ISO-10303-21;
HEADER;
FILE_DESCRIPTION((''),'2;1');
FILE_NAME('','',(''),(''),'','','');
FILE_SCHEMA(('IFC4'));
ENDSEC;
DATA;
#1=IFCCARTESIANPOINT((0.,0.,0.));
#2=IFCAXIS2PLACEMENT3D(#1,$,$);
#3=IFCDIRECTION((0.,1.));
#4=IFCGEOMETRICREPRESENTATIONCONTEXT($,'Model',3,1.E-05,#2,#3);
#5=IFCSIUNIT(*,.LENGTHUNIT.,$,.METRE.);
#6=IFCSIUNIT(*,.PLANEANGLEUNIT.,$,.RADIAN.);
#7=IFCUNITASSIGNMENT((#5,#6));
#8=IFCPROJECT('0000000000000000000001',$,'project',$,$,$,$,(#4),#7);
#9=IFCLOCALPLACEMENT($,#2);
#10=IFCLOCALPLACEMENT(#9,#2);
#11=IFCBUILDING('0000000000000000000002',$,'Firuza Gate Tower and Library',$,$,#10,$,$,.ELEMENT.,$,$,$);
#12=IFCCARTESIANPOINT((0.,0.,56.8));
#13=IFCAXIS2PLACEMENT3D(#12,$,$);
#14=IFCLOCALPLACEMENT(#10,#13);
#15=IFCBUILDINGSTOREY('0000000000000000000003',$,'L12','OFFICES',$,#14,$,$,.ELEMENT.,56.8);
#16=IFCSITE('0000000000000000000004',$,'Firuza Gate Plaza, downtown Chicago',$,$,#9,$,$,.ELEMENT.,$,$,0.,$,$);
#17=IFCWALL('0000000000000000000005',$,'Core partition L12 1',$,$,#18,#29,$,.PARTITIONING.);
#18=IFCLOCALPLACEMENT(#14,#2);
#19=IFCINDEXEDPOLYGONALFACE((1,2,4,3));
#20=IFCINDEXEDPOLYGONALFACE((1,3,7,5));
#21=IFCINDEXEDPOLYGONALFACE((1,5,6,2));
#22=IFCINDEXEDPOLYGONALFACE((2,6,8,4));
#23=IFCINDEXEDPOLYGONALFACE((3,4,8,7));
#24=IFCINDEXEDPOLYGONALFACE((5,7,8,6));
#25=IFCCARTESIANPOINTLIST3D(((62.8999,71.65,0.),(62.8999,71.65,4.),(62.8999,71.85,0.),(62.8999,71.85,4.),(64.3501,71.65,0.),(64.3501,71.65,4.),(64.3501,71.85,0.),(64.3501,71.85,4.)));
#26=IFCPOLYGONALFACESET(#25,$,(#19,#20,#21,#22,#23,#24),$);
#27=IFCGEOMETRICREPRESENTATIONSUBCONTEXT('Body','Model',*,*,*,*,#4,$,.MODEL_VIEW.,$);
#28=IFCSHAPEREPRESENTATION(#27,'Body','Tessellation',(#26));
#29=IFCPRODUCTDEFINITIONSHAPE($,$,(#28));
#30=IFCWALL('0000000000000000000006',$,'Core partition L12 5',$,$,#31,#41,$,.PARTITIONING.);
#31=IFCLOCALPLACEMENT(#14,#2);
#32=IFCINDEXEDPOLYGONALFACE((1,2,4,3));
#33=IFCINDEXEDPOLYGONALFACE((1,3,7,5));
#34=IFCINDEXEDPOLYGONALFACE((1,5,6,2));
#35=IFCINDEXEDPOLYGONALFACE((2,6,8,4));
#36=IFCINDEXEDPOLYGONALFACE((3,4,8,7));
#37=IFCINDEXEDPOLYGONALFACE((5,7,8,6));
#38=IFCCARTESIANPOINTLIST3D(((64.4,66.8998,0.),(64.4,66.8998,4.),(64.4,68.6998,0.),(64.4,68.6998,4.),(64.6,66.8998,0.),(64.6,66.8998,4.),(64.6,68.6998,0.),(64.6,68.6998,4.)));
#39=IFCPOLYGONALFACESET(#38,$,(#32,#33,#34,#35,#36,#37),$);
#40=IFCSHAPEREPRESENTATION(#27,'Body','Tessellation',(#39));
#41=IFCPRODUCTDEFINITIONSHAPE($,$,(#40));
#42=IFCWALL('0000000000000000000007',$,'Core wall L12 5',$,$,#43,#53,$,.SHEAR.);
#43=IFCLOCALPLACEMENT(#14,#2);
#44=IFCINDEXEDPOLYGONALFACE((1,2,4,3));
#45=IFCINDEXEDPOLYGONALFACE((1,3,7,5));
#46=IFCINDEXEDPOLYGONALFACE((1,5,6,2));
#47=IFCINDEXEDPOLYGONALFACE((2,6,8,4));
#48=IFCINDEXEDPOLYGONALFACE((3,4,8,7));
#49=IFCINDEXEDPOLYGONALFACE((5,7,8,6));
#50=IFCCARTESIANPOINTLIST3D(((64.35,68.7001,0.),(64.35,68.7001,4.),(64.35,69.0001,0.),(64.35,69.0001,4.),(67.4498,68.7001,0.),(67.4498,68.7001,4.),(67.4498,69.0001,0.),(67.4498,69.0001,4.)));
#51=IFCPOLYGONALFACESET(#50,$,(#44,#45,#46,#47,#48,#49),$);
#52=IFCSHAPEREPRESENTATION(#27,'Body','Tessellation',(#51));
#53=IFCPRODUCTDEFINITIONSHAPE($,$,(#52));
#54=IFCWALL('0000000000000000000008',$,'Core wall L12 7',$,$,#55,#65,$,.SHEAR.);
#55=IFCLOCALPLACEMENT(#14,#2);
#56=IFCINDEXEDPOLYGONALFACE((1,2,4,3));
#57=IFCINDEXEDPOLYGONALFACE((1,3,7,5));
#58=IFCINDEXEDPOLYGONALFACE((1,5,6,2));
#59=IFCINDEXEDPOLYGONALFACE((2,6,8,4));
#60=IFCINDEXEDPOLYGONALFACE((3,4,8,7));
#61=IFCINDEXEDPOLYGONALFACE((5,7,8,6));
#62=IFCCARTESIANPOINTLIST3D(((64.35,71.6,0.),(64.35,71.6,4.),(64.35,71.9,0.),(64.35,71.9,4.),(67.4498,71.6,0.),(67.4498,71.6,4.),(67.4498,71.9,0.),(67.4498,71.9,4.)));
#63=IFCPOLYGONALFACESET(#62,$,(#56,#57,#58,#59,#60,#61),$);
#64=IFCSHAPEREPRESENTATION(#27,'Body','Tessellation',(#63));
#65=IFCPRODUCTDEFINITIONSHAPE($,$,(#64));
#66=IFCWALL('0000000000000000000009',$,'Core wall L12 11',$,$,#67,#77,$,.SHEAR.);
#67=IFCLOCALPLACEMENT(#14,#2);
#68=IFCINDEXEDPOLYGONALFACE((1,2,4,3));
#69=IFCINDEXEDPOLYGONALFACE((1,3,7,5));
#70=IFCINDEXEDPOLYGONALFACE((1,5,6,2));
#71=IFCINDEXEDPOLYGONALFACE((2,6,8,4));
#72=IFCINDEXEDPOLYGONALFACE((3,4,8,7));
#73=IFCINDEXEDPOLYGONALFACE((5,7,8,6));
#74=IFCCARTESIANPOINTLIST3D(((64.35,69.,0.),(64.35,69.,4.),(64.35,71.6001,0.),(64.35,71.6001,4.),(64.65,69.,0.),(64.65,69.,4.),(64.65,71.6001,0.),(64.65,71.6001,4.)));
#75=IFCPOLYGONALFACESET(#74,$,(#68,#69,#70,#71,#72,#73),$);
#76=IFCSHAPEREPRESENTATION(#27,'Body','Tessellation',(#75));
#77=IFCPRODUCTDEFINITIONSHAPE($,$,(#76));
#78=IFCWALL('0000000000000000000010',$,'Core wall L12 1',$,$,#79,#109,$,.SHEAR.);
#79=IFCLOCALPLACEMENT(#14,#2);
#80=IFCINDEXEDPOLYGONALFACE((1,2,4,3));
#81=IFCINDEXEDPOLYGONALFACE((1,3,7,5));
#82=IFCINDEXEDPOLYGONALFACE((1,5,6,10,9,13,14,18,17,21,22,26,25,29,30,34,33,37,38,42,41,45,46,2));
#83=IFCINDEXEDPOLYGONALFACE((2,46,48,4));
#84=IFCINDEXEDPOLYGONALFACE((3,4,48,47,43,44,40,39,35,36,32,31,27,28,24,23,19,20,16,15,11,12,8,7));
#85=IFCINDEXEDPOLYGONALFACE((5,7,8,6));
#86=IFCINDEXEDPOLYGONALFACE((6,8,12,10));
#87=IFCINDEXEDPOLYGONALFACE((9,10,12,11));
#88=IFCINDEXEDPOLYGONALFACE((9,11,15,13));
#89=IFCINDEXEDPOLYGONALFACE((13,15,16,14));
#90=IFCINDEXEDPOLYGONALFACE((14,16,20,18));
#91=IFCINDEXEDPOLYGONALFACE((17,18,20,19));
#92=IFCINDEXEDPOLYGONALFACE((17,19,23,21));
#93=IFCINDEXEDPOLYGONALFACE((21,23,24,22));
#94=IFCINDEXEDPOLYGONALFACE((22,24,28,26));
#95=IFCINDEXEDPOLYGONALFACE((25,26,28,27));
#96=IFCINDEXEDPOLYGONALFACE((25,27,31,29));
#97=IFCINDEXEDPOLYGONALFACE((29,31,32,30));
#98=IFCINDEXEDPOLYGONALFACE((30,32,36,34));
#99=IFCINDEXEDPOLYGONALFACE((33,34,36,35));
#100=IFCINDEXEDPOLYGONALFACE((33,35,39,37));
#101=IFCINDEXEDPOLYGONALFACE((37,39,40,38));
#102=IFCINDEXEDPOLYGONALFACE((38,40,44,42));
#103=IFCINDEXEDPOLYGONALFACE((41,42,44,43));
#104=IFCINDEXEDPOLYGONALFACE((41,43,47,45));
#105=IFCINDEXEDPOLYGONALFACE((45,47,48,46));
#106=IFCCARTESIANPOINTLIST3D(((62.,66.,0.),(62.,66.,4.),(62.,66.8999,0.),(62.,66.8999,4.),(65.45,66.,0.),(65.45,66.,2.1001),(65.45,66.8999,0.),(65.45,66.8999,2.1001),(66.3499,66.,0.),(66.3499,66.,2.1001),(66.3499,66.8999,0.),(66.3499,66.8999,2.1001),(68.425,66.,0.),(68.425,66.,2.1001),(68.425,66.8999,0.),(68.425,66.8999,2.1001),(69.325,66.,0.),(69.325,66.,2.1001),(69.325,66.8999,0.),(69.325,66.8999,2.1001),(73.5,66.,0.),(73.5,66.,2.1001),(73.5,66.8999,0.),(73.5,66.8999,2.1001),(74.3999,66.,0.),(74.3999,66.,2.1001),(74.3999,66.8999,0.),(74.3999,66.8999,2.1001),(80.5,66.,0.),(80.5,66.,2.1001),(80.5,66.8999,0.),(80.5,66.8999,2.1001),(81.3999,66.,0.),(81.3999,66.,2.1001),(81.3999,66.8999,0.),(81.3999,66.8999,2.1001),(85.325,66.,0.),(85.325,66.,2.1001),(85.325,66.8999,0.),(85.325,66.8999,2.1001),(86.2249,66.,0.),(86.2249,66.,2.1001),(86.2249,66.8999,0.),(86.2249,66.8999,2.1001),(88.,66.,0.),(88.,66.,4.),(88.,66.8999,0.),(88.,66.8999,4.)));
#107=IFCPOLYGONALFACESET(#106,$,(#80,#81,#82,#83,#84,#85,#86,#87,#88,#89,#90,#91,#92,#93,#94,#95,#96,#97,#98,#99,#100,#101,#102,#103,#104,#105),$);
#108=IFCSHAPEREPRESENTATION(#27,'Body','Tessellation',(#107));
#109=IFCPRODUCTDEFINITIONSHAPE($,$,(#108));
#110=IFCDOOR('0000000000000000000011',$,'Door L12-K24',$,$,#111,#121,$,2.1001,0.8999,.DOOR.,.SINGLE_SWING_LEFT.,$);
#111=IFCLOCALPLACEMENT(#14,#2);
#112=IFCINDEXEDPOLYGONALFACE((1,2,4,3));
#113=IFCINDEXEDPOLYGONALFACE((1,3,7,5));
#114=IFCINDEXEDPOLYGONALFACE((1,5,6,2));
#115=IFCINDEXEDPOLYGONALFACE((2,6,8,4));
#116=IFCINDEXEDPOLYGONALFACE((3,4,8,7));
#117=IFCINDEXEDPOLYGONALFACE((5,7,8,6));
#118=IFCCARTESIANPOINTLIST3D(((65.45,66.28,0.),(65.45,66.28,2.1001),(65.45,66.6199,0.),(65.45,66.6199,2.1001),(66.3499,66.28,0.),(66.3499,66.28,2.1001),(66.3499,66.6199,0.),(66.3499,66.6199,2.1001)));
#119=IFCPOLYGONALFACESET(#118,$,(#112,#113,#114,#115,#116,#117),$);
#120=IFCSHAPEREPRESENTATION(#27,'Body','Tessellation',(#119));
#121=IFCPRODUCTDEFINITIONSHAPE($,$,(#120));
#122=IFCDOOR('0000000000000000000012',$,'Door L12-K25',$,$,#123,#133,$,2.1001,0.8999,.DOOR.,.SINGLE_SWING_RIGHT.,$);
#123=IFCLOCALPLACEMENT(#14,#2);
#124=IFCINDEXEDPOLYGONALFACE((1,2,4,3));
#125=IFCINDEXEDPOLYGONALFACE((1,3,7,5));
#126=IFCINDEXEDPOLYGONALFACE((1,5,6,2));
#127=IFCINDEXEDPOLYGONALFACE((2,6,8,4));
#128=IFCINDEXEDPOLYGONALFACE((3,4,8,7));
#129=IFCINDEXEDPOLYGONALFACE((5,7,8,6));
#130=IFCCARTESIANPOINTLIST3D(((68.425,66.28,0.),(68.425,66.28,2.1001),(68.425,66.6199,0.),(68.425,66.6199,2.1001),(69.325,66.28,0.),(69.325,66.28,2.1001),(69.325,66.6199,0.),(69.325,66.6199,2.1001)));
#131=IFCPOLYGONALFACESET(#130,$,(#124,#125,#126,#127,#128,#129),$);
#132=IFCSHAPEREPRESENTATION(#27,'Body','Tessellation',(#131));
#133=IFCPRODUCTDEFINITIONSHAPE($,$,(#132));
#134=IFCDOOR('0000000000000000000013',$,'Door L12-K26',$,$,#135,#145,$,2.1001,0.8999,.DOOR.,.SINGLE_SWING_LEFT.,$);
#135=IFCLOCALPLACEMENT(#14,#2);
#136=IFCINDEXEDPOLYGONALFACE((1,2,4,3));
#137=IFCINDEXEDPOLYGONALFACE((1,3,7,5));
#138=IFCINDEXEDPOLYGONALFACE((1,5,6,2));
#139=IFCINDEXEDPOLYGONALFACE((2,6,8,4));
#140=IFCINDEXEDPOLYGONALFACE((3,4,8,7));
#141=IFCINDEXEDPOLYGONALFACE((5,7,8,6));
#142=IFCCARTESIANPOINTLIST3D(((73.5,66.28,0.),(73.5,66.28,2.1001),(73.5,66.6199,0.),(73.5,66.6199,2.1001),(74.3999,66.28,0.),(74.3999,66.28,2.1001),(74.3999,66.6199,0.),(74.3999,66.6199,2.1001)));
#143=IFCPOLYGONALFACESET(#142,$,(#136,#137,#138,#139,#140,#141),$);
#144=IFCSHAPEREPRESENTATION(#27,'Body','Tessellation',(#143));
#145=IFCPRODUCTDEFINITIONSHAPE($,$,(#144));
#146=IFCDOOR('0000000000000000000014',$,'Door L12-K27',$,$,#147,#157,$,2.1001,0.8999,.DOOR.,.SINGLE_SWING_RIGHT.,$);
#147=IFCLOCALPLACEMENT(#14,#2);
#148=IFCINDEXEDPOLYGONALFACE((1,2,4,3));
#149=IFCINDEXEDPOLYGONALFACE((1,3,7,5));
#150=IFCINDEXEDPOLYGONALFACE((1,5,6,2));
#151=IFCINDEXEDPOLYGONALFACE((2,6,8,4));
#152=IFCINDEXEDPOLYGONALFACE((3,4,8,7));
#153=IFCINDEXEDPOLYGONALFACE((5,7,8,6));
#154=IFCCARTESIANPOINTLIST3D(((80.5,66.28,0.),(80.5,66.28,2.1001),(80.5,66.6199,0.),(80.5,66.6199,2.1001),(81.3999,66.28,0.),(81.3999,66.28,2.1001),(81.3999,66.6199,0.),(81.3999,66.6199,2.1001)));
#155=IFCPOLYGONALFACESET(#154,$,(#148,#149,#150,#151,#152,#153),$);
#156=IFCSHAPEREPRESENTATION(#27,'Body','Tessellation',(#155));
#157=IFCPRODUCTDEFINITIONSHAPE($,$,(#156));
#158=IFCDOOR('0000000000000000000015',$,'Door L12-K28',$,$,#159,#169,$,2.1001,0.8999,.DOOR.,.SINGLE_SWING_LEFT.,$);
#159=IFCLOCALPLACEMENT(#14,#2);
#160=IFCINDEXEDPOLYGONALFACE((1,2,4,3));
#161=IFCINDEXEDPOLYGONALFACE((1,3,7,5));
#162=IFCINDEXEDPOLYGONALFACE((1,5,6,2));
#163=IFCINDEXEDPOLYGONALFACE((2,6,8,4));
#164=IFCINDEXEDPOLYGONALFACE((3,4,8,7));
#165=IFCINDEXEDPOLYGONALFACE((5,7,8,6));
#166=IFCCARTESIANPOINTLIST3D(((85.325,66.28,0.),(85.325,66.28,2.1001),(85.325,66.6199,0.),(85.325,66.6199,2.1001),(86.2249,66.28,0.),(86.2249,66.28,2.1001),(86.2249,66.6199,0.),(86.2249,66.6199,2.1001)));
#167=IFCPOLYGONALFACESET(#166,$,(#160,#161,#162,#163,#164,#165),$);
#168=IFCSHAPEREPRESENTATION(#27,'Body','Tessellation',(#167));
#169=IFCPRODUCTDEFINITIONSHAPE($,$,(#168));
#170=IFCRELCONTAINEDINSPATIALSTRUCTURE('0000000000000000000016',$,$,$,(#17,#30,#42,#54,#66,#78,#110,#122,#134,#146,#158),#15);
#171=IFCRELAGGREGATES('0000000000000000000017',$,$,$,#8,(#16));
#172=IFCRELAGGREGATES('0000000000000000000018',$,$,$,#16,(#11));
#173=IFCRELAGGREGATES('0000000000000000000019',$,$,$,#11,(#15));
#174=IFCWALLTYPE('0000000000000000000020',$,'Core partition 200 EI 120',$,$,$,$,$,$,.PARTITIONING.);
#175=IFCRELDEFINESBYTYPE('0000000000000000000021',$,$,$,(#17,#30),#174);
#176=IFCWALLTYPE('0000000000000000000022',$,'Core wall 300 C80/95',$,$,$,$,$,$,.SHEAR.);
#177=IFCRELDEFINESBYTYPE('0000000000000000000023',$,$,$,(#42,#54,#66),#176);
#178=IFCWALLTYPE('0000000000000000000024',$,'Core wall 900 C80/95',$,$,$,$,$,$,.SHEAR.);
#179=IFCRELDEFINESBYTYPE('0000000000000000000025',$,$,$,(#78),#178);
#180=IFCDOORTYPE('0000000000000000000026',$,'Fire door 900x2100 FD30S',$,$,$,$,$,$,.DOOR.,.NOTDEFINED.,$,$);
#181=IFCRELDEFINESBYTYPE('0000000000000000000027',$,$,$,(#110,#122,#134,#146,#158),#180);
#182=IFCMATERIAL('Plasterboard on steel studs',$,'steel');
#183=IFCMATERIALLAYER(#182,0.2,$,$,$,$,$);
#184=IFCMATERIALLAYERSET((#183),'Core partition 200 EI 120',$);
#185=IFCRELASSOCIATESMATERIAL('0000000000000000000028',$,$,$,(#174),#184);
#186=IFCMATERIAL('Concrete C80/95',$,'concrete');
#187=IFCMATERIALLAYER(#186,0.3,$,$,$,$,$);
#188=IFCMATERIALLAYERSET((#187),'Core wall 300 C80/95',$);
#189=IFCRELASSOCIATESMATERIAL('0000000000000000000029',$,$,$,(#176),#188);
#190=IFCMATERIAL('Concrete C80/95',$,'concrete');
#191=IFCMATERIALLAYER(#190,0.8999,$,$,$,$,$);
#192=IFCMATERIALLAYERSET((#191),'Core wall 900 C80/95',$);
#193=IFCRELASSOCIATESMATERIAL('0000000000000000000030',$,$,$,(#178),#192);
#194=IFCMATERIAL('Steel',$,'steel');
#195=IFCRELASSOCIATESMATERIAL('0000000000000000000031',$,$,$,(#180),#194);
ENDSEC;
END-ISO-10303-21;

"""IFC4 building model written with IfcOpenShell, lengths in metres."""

from ifc_helpers import new_model, si_unit, direction, frame, frame_2d, origin, place, context, subcontext, project, spatial, rectangle, extrude, material, layer, layer_set, type_object, element, fill, save


model = new_model("IFC4")

# Units and contexts
model_context = context("Model", 3, precision=1e-05, world=origin(), true_north=direction((0.0, 1.0)))
body_context = subcontext(model_context, "Body", "Model", "MODEL_VIEW")
ifc_project = project(units=[si_unit("LENGTHUNIT", "METRE"), si_unit("PLANEANGLEUNIT", "RADIAN")], contexts=[model_context])

# Site, building, storey
site_placement = place(None, origin())
site = spatial("IfcSite", under=ifc_project, at=site_placement, Name="Firuza Gate Plaza, downtown Chicago", CompositionType="ELEMENT", RefElevation=0.0)
building_placement = place(site_placement, origin())
building = spatial("IfcBuilding", under=site, at=building_placement, Name="Firuza Gate Tower and Library", CompositionType="ELEMENT")
storey_placement = place(building_placement, frame((0.0, 0.0, 56.8)))
storey = spatial("IfcBuildingStorey", under=building, at=storey_placement, Name="L12", Description="OFFICES", CompositionType="ELEMENT", Elevation=56.8)

# Walls
ifc_material_1 = material(Name="Plasterboard on steel studs", Category="steel")
ifc_layer_1 = layer(ifc_material_1, 0.2)
ifc_layer_set_1 = layer_set([ifc_layer_1], Name="Core partition 200 EI 120")
wall_type_1 = type_object("IfcWallType", Name="Core partition 200 EI 120", PredefinedType="PARTITIONING", material=ifc_layer_set_1)
wall_1_placement = place(storey_placement, frame((62.8999, 71.75, 0.0), z_axis=(0.0, 0.0, 1.0), x_axis=(1.0, 0.0, 0.0)))
element("IfcWall", 1, at=wall_1_placement, inside=storey, type_object=wall_type_1, Name="Core partition L12 1", PredefinedType="PARTITIONING", context=body_context, shape_type="SweptSolid", body=[
    extrude(rectangle(XDim=1.4502, YDim=0.2, at=frame_2d((0.7251, 0.0))), origin(), (0.0, 0.0, 1.0), 4.0),
])
wall_2_placement = place(storey_placement, frame((64.5, 66.8999, 0.0), z_axis=(0.0, 0.0, 1.0), x_axis=(0.0, 1.0, 0.0)))
element("IfcWall", 2, at=wall_2_placement, inside=storey, type_object=wall_type_1, Name="Core partition L12 5", PredefinedType="PARTITIONING", context=body_context, shape_type="SweptSolid", body=[
    extrude(rectangle(XDim=1.8, YDim=0.2, at=frame_2d((0.8999, 0.0))), origin(), (0.0, 0.0, 1.0), 4.0),
])
ifc_material_2 = material(Name="Concrete C80/95", Category="concrete")
ifc_layer_2 = layer(ifc_material_2, 0.3)
ifc_layer_set_2 = layer_set([ifc_layer_2], Name="Core wall 300 C80/95")
wall_type_2 = type_object("IfcWallType", Name="Core wall 300 C80/95", PredefinedType="SHEAR", material=ifc_layer_set_2)
for number, where, z_axis, x_axis, name in (
    (3, (64.3501, 68.8501, 0.0), (0.0, 0.0, 1.0), (1.0, 0.0, 0.0), "Core wall L12 5"),
    (4, (64.3501, 71.75, 0.0), (0.0, 0.0, 1.0), (1.0, 0.0, 0.0), "Core wall L12 7"),
):
    element("IfcWall", number, at=place(storey_placement, frame(where, z_axis=z_axis, x_axis=x_axis)), inside=storey, type_object=wall_type_2, Name=name, PredefinedType="SHEAR", context=body_context, shape_type="SweptSolid", body=[
        extrude(rectangle(XDim=3.0999, YDim=0.3, at=frame_2d((1.5498, 0.0))), origin(), (0.0, 0.0, 1.0), 4.0),
    ])
wall_3_placement = place(storey_placement, frame((64.5, 69.0, 0.0), z_axis=(0.0, 0.0, 1.0), x_axis=(0.0, 1.0, 0.0)))
element("IfcWall", 5, at=wall_3_placement, inside=storey, type_object=wall_type_2, Name="Core wall L12 11", PredefinedType="SHEAR", context=body_context, shape_type="SweptSolid", body=[
    extrude(rectangle(XDim=2.6001, YDim=0.3, at=frame_2d((1.3, 0.0))), origin(), (0.0, 0.0, 1.0), 4.0),
])

# Wall, openings, doors
ifc_material_3 = material(Name="Concrete C80/95", Category="concrete")
ifc_layer_3 = layer(ifc_material_3, 0.8999)
ifc_layer_set_3 = layer_set([ifc_layer_3], Name="Core wall 900 C80/95")
wall_type_3 = type_object("IfcWallType", Name="Core wall 900 C80/95", PredefinedType="SHEAR", material=ifc_layer_set_3)
wall_4_placement = place(storey_placement, frame((62.0, 66.45, 0.0), z_axis=(0.0, 0.0, 1.0), x_axis=(1.0, 0.0, 0.0)))
wall_4 = element("IfcWall", 6, at=wall_4_placement, inside=storey, type_object=wall_type_3, Name="Core wall L12 1", PredefinedType="SHEAR", context=body_context, shape_type="SweptSolid", body=[
    extrude(rectangle(XDim=26.0, YDim=0.8999, at=frame_2d((13.0, 0.0))), origin(), (0.0, 0.0, 1.0), 4.0),
])
opening_1_placement = place(wall_4_placement, frame((3.45, 0.0, 0.0)))
opening_1 = element("IfcOpeningElement", 7, at=opening_1_placement, cuts=wall_4, PredefinedType="OPENING", context=body_context, shape_type="SweptSolid", body=[
    extrude(rectangle(XDim=0.8999, YDim=2.1001, at=frame_2d((0.45, 1.05))), frame((0.0, 0.46, 0.0), z_axis=(0.0, -1.0, 0.0), x_axis=(1.0, 0.0, 0.0)), (0.0, 0.0, 1.0), 0.9199),
])
opening_2_placement = place(wall_4_placement, frame((6.425, 0.0, 0.0)))
opening_2 = element("IfcOpeningElement", 8, at=opening_2_placement, cuts=wall_4, PredefinedType="OPENING", context=body_context, shape_type="SweptSolid", body=[
    extrude(rectangle(XDim=0.8999, YDim=2.1001, at=frame_2d((0.45, 1.05))), frame((0.0, 0.46, 0.0), z_axis=(0.0, -1.0, 0.0), x_axis=(1.0, 0.0, 0.0)), (0.0, 0.0, 1.0), 0.9199),
])
opening_3_placement = place(wall_4_placement, frame((11.5, 0.0, 0.0)))
opening_3 = element("IfcOpeningElement", 9, at=opening_3_placement, cuts=wall_4, PredefinedType="OPENING", context=body_context, shape_type="SweptSolid", body=[
    extrude(rectangle(XDim=0.8999, YDim=2.1001, at=frame_2d((0.45, 1.05))), frame((0.0, 0.46, 0.0), z_axis=(0.0, -1.0, 0.0), x_axis=(1.0, 0.0, 0.0)), (0.0, 0.0, 1.0), 0.9199),
])
opening_4_placement = place(wall_4_placement, frame((18.5, 0.0, 0.0)))
opening_4 = element("IfcOpeningElement", 10, at=opening_4_placement, cuts=wall_4, PredefinedType="OPENING", context=body_context, shape_type="SweptSolid", body=[
    extrude(rectangle(XDim=0.8999, YDim=2.1001, at=frame_2d((0.45, 1.05))), frame((0.0, 0.46, 0.0), z_axis=(0.0, -1.0, 0.0), x_axis=(1.0, 0.0, 0.0)), (0.0, 0.0, 1.0), 0.9199),
])
opening_5_placement = place(wall_4_placement, frame((23.325, 0.0, 0.0)))
opening_5 = element("IfcOpeningElement", 11, at=opening_5_placement, cuts=wall_4, PredefinedType="OPENING", context=body_context, shape_type="SweptSolid", body=[
    extrude(rectangle(XDim=0.8999, YDim=2.1001, at=frame_2d((0.45, 1.05))), frame((0.0, 0.46, 0.0), z_axis=(0.0, -1.0, 0.0), x_axis=(1.0, 0.0, 0.0)), (0.0, 0.0, 1.0), 0.9199),
])
ifc_material_4 = material(Name="Steel", Category="steel")
door_type_1 = type_object("IfcDoorType", Name="Fire door 900x2100 FD30S", OperationType="NOTDEFINED", PredefinedType="DOOR", material=ifc_material_4)
door_1_placement = place(opening_1_placement, origin())
door_1 = element("IfcDoor", 12, at=door_1_placement, inside=storey, type_object=door_type_1, Name="Door L12-K24", OperationType="SINGLE_SWING_LEFT", OverallHeight=2.1001, OverallWidth=0.8999, PredefinedType="DOOR", context=body_context, shape_type="SweptSolid", body=[
    extrude(rectangle(XDim=0.8999, YDim=2.1001, at=frame_2d((0.45, 1.05))), frame((0.0, 0.1699, 0.0), z_axis=(0.0, -1.0, 0.0), x_axis=(1.0, 0.0, 0.0)), (0.0, 0.0, 1.0), 0.3398),
])
fill(opening_1, door_1)
door_2_placement = place(opening_2_placement, origin())
door_2 = element("IfcDoor", 13, at=door_2_placement, inside=storey, type_object=door_type_1, Name="Door L12-K25", OperationType="SINGLE_SWING_RIGHT", OverallHeight=2.1001, OverallWidth=0.8999, PredefinedType="DOOR", context=body_context, shape_type="SweptSolid", body=[
    extrude(rectangle(XDim=0.8999, YDim=2.1001, at=frame_2d((0.45, 1.05))), frame((0.0, 0.1699, 0.0), z_axis=(0.0, -1.0, 0.0), x_axis=(1.0, 0.0, 0.0)), (0.0, 0.0, 1.0), 0.3398),
])
fill(opening_2, door_2)
door_3_placement = place(opening_3_placement, origin())
door_3 = element("IfcDoor", 14, at=door_3_placement, inside=storey, type_object=door_type_1, Name="Door L12-K26", OperationType="SINGLE_SWING_LEFT", OverallHeight=2.1001, OverallWidth=0.8999, PredefinedType="DOOR", context=body_context, shape_type="SweptSolid", body=[
    extrude(rectangle(XDim=0.8999, YDim=2.1001, at=frame_2d((0.45, 1.05))), frame((0.0, 0.1699, 0.0), z_axis=(0.0, -1.0, 0.0), x_axis=(1.0, 0.0, 0.0)), (0.0, 0.0, 1.0), 0.3398),
])
fill(opening_3, door_3)
door_4_placement = place(opening_4_placement, origin())
door_4 = element("IfcDoor", 15, at=door_4_placement, inside=storey, type_object=door_type_1, Name="Door L12-K27", OperationType="SINGLE_SWING_RIGHT", OverallHeight=2.1001, OverallWidth=0.8999, PredefinedType="DOOR", context=body_context, shape_type="SweptSolid", body=[
    extrude(rectangle(XDim=0.8999, YDim=2.1001, at=frame_2d((0.45, 1.05))), frame((0.0, 0.1699, 0.0), z_axis=(0.0, -1.0, 0.0), x_axis=(1.0, 0.0, 0.0)), (0.0, 0.0, 1.0), 0.3398),
])
fill(opening_4, door_4)
door_5_placement = place(opening_5_placement, origin())
door_5 = element("IfcDoor", 16, at=door_5_placement, inside=storey, type_object=door_type_1, Name="Door L12-K28", OperationType="SINGLE_SWING_LEFT", OverallHeight=2.1001, OverallWidth=0.8999, PredefinedType="DOOR", context=body_context, shape_type="SweptSolid", body=[
    extrude(rectangle(XDim=0.8999, YDim=2.1001, at=frame_2d((0.45, 1.05))), frame((0.0, 0.1699, 0.0), z_axis=(0.0, -1.0, 0.0), x_axis=(1.0, 0.0, 0.0)), (0.0, 0.0, 1.0), 0.3398),
])
fill(opening_5, door_5)

save(model, "model.ifc")
